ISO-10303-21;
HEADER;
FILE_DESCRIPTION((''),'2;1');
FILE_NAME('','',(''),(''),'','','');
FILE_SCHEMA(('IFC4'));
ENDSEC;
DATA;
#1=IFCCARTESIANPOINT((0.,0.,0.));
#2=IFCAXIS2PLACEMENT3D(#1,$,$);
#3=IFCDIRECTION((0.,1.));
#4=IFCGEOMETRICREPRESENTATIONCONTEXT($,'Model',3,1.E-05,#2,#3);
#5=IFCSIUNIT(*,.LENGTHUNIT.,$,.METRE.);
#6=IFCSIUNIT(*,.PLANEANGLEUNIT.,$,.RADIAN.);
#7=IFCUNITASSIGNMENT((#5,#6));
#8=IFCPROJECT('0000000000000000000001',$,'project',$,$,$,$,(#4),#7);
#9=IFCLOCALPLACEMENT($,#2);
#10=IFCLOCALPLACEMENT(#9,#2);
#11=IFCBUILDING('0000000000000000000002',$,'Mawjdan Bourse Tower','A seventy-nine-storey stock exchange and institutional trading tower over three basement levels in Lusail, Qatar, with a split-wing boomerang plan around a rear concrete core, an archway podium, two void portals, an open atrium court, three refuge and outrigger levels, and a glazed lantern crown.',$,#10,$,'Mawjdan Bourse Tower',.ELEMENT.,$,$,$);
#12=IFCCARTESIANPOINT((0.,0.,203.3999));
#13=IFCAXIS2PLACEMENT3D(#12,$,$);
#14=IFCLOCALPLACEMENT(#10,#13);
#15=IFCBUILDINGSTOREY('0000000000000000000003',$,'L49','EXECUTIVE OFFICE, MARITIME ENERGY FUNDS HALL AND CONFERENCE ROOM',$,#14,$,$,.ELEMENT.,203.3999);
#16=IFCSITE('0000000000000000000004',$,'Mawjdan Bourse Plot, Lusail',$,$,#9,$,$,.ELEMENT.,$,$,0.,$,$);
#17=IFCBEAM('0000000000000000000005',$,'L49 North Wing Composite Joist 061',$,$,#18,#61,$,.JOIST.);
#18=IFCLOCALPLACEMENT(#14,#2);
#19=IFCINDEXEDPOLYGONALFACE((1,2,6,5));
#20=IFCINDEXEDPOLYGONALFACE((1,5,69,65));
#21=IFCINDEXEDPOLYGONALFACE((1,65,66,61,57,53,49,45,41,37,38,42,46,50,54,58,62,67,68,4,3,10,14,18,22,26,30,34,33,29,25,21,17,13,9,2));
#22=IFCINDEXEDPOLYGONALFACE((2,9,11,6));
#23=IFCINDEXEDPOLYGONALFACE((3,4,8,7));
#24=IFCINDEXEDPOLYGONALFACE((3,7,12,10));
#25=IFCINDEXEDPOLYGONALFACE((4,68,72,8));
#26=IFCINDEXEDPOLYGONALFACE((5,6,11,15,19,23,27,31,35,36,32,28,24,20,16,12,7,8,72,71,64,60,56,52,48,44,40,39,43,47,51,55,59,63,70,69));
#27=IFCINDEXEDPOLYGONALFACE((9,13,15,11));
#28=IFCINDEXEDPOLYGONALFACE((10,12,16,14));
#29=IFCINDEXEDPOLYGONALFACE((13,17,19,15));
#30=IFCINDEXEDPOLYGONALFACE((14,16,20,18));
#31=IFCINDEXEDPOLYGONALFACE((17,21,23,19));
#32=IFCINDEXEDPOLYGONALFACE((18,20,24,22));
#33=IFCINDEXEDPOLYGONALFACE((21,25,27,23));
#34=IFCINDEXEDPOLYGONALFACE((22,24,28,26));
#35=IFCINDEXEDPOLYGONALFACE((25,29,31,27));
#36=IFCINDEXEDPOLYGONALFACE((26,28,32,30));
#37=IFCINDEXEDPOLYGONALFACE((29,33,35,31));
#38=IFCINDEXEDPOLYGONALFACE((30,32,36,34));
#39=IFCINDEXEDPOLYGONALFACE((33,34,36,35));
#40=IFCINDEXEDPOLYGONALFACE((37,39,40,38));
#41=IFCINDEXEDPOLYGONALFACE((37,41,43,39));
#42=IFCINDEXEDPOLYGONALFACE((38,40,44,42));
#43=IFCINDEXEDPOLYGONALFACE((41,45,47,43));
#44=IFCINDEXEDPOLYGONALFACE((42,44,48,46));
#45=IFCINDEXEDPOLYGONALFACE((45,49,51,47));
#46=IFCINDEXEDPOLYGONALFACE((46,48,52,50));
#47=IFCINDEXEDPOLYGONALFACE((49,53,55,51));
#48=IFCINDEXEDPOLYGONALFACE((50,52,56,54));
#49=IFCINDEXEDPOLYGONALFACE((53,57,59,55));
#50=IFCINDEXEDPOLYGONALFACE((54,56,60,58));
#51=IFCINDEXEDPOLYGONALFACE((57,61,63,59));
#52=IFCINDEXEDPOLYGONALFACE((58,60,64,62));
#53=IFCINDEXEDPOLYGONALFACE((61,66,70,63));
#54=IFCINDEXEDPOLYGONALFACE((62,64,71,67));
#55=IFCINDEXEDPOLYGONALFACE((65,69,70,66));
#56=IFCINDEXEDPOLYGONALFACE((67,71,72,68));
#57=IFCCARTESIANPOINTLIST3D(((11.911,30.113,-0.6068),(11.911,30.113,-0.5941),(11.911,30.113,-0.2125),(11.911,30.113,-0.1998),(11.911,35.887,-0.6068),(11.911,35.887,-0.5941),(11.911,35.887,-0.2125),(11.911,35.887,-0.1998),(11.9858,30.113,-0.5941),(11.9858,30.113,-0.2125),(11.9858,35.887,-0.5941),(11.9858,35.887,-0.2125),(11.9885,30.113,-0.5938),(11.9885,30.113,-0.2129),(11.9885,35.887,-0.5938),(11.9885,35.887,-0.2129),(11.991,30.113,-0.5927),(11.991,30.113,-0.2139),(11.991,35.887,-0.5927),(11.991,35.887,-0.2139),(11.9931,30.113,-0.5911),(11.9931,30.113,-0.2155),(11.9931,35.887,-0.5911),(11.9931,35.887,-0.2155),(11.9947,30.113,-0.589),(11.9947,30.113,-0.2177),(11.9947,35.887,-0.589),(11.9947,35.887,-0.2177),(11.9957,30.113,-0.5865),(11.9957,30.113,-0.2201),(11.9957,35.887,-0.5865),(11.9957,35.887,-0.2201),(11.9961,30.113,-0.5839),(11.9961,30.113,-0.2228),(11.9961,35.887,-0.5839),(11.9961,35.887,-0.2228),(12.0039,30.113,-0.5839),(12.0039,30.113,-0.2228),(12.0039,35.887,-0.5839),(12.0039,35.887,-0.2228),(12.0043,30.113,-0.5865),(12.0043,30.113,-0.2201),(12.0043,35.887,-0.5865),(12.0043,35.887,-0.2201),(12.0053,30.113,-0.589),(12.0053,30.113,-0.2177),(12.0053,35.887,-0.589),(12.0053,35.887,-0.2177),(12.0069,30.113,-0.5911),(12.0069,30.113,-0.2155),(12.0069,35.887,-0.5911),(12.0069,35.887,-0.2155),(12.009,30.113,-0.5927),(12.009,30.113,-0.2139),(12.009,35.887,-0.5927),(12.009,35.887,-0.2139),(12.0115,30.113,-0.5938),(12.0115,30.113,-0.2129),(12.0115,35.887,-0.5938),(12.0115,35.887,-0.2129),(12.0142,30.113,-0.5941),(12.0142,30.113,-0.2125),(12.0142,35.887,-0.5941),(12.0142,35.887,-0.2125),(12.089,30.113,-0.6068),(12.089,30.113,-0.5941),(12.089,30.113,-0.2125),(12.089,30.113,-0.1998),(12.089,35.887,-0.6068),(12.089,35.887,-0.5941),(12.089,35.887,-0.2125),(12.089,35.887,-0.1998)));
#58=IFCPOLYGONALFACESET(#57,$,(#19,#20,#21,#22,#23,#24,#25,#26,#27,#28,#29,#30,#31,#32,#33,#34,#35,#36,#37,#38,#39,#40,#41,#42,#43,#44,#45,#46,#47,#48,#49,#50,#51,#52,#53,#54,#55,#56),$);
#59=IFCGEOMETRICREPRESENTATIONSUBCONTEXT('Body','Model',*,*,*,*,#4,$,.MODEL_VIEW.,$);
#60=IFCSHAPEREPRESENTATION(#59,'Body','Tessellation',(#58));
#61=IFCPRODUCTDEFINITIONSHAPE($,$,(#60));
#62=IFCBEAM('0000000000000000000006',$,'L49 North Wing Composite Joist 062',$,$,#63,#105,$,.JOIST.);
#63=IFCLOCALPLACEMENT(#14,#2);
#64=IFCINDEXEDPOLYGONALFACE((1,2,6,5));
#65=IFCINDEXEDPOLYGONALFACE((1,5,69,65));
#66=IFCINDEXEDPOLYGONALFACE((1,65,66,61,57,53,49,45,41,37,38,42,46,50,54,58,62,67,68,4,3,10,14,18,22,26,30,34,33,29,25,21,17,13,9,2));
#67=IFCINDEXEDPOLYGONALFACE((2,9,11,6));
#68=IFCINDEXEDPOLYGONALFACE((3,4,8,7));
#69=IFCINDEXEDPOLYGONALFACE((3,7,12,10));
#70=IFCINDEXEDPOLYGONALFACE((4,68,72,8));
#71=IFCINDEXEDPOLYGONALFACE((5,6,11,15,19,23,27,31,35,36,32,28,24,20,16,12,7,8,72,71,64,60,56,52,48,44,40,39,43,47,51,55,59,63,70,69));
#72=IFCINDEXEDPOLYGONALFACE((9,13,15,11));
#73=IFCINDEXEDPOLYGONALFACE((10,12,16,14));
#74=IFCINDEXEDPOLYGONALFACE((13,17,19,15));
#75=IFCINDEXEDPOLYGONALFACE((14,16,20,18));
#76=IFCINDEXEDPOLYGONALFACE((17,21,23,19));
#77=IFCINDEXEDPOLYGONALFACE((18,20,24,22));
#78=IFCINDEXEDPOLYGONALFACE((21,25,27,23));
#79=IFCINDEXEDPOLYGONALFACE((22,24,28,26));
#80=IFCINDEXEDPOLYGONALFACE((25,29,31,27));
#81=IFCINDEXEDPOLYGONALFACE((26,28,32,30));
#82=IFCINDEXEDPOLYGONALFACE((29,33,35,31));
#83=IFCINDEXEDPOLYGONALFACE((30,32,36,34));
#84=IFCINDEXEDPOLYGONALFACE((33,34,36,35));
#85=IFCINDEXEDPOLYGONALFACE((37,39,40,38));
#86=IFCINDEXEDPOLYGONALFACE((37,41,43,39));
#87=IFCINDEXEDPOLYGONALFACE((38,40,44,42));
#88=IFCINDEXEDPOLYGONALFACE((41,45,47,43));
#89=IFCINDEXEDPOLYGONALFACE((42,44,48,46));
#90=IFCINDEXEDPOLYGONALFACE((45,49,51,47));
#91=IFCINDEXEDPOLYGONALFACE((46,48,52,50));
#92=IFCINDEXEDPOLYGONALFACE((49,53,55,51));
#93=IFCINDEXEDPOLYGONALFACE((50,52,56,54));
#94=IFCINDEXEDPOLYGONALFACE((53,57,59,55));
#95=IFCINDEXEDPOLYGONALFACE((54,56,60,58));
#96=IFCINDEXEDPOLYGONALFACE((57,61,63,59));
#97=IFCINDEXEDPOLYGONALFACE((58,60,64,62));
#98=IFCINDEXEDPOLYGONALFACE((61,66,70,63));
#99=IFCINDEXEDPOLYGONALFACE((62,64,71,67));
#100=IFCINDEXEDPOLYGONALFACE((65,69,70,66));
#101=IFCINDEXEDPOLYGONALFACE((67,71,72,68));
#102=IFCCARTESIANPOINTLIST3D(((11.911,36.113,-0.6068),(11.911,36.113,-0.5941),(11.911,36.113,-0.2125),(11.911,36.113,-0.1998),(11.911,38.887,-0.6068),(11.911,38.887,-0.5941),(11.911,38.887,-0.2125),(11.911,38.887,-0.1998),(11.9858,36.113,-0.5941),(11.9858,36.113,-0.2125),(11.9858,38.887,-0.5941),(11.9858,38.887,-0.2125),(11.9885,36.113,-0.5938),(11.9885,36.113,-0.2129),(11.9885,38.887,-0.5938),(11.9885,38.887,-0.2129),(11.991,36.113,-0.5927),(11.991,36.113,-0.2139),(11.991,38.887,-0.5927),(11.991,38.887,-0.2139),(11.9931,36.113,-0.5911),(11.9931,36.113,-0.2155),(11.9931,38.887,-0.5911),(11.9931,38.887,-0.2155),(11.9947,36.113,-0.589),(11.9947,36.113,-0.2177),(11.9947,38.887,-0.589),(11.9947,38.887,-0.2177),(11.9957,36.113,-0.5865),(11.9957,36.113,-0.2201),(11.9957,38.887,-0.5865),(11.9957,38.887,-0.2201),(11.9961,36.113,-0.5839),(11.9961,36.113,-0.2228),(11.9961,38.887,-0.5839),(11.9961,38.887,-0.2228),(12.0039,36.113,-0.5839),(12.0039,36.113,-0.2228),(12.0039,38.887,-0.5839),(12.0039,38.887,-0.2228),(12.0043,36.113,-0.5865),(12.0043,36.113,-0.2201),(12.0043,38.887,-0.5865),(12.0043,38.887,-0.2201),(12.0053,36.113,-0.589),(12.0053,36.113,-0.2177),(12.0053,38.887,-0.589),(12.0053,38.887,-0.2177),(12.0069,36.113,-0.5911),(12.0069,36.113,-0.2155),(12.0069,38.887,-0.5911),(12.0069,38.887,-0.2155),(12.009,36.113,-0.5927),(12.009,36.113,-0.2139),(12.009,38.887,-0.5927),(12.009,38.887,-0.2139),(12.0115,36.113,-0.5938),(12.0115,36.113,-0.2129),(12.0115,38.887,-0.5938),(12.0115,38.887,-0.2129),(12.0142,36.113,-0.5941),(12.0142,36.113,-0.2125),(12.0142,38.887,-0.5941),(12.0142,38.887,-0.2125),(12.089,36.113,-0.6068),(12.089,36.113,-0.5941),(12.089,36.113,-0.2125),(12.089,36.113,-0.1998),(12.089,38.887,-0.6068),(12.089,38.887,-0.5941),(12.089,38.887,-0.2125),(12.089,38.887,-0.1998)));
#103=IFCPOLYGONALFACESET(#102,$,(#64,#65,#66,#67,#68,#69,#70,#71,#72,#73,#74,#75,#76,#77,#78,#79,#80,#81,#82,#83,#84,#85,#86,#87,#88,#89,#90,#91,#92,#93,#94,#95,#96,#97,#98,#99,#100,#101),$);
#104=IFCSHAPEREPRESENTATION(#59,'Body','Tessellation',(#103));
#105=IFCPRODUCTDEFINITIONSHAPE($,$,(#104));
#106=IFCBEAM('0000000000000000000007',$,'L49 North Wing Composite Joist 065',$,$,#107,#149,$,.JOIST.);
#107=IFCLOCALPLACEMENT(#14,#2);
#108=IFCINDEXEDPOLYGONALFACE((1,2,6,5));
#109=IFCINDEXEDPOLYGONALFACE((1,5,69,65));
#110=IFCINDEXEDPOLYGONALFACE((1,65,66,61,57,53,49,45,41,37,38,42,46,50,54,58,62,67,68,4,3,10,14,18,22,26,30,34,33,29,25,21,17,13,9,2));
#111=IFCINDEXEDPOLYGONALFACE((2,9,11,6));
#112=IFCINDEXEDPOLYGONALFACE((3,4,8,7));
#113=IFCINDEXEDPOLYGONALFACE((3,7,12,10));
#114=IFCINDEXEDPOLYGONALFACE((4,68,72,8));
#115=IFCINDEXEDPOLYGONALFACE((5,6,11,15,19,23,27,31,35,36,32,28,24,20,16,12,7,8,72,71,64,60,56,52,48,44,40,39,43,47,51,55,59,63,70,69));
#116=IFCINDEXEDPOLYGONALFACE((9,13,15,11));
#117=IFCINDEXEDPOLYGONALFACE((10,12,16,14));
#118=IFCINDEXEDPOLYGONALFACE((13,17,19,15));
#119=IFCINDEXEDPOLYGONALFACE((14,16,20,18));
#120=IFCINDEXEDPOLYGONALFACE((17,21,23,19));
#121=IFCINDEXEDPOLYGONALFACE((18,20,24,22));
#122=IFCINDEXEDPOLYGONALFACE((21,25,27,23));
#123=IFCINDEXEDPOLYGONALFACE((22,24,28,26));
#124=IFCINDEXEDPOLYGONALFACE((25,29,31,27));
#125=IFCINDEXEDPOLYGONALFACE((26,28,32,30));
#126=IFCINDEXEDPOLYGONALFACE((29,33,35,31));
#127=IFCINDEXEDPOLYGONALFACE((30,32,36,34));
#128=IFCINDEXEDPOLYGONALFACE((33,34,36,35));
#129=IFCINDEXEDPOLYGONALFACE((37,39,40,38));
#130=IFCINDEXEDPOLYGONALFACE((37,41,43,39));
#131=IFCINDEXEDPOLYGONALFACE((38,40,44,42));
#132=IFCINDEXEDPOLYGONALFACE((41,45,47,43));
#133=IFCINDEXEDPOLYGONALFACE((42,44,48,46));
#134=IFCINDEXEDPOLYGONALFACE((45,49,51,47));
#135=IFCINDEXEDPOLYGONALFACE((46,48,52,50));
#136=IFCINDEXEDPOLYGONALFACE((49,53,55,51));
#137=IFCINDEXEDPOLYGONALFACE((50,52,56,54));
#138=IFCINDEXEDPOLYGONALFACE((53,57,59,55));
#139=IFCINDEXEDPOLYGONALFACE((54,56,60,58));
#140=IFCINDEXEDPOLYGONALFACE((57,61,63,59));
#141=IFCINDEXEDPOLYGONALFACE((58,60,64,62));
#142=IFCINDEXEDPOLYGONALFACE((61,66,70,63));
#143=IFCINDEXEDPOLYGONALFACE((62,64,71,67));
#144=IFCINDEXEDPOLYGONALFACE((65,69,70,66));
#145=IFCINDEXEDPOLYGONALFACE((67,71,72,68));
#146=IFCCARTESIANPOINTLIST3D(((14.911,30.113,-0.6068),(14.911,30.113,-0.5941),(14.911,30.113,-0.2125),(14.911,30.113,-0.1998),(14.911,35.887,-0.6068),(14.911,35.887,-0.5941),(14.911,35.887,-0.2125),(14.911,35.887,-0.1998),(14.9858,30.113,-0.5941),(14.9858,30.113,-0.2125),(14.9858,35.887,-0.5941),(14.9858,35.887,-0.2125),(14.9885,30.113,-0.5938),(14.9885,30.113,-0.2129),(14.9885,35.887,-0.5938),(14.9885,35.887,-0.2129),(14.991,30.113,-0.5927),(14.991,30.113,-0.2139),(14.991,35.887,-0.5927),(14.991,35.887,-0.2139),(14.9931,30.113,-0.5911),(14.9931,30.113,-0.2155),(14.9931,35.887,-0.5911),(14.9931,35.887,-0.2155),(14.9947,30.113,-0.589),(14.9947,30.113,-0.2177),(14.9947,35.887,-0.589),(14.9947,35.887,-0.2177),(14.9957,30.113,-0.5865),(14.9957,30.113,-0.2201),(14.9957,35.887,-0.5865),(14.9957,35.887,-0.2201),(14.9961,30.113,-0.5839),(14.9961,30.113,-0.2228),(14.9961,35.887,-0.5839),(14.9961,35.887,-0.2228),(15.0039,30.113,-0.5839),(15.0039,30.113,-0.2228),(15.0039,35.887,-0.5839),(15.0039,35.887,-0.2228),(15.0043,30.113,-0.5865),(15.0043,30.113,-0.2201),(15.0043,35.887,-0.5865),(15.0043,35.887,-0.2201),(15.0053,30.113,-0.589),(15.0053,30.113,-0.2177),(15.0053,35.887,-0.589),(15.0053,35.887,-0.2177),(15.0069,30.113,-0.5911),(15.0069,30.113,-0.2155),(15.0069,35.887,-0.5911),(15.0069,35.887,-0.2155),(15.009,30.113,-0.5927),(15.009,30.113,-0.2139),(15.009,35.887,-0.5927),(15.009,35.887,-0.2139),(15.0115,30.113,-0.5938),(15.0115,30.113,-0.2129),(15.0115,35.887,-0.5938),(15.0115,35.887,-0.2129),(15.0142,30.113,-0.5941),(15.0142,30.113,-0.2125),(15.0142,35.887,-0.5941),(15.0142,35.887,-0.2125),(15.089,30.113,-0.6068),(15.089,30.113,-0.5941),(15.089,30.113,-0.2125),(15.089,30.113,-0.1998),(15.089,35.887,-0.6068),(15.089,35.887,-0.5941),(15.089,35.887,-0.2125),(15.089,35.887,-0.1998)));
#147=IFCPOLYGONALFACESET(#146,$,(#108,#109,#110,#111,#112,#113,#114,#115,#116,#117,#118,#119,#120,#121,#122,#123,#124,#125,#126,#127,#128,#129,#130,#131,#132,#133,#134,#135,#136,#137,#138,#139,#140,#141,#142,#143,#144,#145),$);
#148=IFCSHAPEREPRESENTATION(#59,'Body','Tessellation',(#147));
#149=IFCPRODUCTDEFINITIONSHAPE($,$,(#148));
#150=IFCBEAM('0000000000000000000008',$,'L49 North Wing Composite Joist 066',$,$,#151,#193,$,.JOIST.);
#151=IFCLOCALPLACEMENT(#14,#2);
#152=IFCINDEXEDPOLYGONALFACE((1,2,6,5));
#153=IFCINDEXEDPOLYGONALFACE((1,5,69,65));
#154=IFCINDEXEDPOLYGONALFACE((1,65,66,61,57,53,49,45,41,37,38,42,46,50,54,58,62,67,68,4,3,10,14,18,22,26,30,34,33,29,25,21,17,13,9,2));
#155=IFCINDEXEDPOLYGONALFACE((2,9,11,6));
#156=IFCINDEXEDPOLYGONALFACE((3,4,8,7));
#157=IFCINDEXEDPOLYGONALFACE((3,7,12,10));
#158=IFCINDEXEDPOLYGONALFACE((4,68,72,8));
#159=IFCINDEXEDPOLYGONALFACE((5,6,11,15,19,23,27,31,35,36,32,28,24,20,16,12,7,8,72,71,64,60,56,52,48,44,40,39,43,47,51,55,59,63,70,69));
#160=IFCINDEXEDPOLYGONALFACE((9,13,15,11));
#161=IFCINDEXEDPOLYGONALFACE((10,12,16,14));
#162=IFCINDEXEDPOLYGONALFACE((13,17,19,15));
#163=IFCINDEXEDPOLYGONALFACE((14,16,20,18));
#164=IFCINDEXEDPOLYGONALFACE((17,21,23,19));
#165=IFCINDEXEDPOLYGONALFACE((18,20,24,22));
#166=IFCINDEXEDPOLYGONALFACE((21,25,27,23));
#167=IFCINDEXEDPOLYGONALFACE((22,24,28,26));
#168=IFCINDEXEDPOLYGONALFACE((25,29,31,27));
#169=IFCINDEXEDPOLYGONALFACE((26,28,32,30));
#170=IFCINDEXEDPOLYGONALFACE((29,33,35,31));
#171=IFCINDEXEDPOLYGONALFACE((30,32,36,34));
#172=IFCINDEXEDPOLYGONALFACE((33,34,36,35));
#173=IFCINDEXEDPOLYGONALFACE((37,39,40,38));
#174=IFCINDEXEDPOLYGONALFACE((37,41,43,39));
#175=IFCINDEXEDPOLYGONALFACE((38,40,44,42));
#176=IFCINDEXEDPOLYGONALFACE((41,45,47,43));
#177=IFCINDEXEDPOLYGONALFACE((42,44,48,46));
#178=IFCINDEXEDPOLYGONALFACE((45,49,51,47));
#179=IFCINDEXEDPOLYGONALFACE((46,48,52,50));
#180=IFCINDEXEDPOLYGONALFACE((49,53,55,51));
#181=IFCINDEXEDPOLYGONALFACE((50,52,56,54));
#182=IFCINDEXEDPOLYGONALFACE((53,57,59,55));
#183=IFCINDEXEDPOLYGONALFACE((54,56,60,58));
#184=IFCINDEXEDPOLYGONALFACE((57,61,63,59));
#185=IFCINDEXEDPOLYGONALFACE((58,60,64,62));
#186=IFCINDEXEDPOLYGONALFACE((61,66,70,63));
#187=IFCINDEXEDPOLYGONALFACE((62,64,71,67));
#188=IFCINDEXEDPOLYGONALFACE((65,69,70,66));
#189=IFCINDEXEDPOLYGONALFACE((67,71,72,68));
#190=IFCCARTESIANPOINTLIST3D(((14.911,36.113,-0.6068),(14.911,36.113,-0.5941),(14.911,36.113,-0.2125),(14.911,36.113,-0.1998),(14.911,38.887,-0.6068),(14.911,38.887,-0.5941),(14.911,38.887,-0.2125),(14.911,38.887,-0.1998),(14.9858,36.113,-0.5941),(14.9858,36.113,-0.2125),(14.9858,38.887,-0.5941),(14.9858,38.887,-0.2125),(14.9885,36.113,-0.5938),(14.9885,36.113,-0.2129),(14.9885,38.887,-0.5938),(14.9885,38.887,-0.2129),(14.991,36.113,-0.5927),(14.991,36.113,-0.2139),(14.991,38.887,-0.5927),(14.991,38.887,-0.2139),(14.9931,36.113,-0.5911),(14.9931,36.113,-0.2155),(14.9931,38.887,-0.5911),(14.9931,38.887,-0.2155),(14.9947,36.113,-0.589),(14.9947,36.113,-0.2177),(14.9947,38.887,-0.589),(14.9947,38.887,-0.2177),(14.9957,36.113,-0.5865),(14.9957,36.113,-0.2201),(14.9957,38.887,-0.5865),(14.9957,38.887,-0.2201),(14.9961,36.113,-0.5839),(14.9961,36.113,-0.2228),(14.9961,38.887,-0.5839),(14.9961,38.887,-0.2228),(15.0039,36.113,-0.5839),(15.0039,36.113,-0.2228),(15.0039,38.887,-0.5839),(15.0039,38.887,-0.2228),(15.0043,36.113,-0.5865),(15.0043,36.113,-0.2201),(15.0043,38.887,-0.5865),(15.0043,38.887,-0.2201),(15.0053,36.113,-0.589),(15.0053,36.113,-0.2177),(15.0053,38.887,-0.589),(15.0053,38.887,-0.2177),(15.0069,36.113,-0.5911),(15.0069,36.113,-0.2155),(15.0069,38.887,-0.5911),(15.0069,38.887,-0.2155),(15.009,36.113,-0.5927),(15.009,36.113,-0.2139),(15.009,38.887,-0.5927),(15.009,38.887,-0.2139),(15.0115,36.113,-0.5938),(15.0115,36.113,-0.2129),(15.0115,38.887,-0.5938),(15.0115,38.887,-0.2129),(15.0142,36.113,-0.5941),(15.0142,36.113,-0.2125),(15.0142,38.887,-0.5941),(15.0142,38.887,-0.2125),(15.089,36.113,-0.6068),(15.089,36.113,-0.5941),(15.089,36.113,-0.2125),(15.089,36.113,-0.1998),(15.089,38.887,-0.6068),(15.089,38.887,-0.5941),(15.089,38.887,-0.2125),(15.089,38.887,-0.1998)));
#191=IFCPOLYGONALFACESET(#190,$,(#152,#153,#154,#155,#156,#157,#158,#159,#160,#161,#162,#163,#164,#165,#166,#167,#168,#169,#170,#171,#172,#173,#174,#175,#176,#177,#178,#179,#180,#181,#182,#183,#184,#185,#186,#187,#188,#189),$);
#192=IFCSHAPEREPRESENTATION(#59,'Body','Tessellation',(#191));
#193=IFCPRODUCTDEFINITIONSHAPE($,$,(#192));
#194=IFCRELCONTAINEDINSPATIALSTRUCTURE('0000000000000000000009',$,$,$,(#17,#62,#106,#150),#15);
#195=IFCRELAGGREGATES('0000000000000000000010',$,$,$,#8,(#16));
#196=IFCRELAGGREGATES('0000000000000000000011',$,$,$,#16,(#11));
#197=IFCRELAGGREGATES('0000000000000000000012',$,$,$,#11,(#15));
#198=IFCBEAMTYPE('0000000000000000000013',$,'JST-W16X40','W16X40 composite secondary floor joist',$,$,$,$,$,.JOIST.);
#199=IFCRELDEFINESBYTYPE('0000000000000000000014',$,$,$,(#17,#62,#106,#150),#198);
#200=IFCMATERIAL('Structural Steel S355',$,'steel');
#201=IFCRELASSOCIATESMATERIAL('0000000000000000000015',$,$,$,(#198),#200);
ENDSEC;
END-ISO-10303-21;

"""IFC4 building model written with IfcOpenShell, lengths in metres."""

from ifc_helpers import new_model, si_unit, direction, frame, origin, origin_2d, place, context, subcontext, project, spatial, i_section, extrude, material, material_profile, profile_set, type_object, element, save


model = new_model("IFC4")

# Units and contexts
model_context = context("Model", 3, precision=1e-05, world=origin(), true_north=direction((0.0, 1.0)))
body_context = subcontext(model_context, "Body", "Model", "MODEL_VIEW")
ifc_project = project(units=[si_unit("LENGTHUNIT", "METRE"), si_unit("PLANEANGLEUNIT", "RADIAN")], contexts=[model_context])

# Site, building, storey
site_placement = place(None, origin())
site = spatial("IfcSite", under=ifc_project, at=site_placement, Name="Mawjdan Bourse Plot, Lusail", CompositionType="ELEMENT", RefElevation=0.0)
building_placement = place(site_placement, origin())
building = spatial("IfcBuilding", under=site, at=building_placement, Name="Mawjdan Bourse Tower", Description="A seventy-nine-storey stock exchange and institutional trading tower over three basement levels in Lusail, Qatar, with a split-wing boomerang plan around a rear concrete core, an archway podium, two void portals, an open atrium court, three refuge and outrigger levels, and a glazed lantern crown.", LongName="Mawjdan Bourse Tower", CompositionType="ELEMENT")
storey_placement = place(building_placement, frame((0.0, 0.0, 203.3999)))
storey = spatial("IfcBuildingStorey", under=building, at=storey_placement, Name="L49", Description="EXECUTIVE OFFICE, MARITIME ENERGY FUNDS HALL AND CONFERENCE ROOM", CompositionType="ELEMENT", Elevation=203.3999)

# Beams
ifc_material_1 = material(Name="Structural Steel S355", Category="steel")
ifc_material_profile_1 = material_profile(ifc_material_1, i_section(OverallWidth=0.178, OverallDepth=0.407, WebThickness=0.0078, FlangeThickness=0.0127, FilletRadius=0.0103, at=origin_2d()), Name="W16X40")
ifc_profile_set_1 = profile_set([ifc_material_profile_1], Name="Structural Steel S355")
beam_type_1 = type_object("IfcBeamType", Name="JST-W16X40", Description="W16X40 composite secondary floor joist", PredefinedType="JOIST", material=ifc_profile_set_1)
beam_1_placement = place(storey_placement, frame((12.0, 30.113, -0.4033), z_axis=(0.0, 1.0, 0.0), x_axis=(-1.0, 0.0, 0.0)))
element("IfcBeam", 1, at=beam_1_placement, inside=storey, type_object=beam_type_1, Name="L49 North Wing Composite Joist 061", PredefinedType="JOIST", context=body_context, shape_type="SweptSolid", body=[
    extrude(i_section(OverallWidth=0.178, OverallDepth=0.407, WebThickness=0.0078, FlangeThickness=0.0127, FilletRadius=0.0103, at=origin_2d()), origin(), (0.0, 0.0, 1.0), 5.7739),
])
beam_2_placement = place(storey_placement, frame((12.0, 36.113, -0.4033), z_axis=(0.0, 1.0, 0.0), x_axis=(-1.0, 0.0, 0.0)))
element("IfcBeam", 2, at=beam_2_placement, inside=storey, type_object=beam_type_1, Name="L49 North Wing Composite Joist 062", PredefinedType="JOIST", context=body_context, shape_type="SweptSolid", body=[
    extrude(i_section(OverallWidth=0.178, OverallDepth=0.407, WebThickness=0.0078, FlangeThickness=0.0127, FilletRadius=0.0103, at=origin_2d()), origin(), (0.0, 0.0, 1.0), 2.7739),
])
beam_3_placement = place(storey_placement, frame((15.0, 30.113, -0.4033), z_axis=(0.0, 1.0, 0.0), x_axis=(-1.0, 0.0, 0.0)))
element("IfcBeam", 3, at=beam_3_placement, inside=storey, type_object=beam_type_1, Name="L49 North Wing Composite Joist 065", PredefinedType="JOIST", context=body_context, shape_type="SweptSolid", body=[
    extrude(i_section(OverallWidth=0.178, OverallDepth=0.407, WebThickness=0.0078, FlangeThickness=0.0127, FilletRadius=0.0103, at=origin_2d()), origin(), (0.0, 0.0, 1.0), 5.7739),
])
beam_4_placement = place(storey_placement, frame((15.0, 36.113, -0.4033), z_axis=(0.0, 1.0, 0.0), x_axis=(-1.0, 0.0, 0.0)))
element("IfcBeam", 4, at=beam_4_placement, inside=storey, type_object=beam_type_1, Name="L49 North Wing Composite Joist 066", PredefinedType="JOIST", context=body_context, shape_type="SweptSolid", body=[
    extrude(i_section(OverallWidth=0.178, OverallDepth=0.407, WebThickness=0.0078, FlangeThickness=0.0127, FilletRadius=0.0103, at=origin_2d()), origin(), (0.0, 0.0, 1.0), 2.7739),
])

save(model, "model.ifc")
